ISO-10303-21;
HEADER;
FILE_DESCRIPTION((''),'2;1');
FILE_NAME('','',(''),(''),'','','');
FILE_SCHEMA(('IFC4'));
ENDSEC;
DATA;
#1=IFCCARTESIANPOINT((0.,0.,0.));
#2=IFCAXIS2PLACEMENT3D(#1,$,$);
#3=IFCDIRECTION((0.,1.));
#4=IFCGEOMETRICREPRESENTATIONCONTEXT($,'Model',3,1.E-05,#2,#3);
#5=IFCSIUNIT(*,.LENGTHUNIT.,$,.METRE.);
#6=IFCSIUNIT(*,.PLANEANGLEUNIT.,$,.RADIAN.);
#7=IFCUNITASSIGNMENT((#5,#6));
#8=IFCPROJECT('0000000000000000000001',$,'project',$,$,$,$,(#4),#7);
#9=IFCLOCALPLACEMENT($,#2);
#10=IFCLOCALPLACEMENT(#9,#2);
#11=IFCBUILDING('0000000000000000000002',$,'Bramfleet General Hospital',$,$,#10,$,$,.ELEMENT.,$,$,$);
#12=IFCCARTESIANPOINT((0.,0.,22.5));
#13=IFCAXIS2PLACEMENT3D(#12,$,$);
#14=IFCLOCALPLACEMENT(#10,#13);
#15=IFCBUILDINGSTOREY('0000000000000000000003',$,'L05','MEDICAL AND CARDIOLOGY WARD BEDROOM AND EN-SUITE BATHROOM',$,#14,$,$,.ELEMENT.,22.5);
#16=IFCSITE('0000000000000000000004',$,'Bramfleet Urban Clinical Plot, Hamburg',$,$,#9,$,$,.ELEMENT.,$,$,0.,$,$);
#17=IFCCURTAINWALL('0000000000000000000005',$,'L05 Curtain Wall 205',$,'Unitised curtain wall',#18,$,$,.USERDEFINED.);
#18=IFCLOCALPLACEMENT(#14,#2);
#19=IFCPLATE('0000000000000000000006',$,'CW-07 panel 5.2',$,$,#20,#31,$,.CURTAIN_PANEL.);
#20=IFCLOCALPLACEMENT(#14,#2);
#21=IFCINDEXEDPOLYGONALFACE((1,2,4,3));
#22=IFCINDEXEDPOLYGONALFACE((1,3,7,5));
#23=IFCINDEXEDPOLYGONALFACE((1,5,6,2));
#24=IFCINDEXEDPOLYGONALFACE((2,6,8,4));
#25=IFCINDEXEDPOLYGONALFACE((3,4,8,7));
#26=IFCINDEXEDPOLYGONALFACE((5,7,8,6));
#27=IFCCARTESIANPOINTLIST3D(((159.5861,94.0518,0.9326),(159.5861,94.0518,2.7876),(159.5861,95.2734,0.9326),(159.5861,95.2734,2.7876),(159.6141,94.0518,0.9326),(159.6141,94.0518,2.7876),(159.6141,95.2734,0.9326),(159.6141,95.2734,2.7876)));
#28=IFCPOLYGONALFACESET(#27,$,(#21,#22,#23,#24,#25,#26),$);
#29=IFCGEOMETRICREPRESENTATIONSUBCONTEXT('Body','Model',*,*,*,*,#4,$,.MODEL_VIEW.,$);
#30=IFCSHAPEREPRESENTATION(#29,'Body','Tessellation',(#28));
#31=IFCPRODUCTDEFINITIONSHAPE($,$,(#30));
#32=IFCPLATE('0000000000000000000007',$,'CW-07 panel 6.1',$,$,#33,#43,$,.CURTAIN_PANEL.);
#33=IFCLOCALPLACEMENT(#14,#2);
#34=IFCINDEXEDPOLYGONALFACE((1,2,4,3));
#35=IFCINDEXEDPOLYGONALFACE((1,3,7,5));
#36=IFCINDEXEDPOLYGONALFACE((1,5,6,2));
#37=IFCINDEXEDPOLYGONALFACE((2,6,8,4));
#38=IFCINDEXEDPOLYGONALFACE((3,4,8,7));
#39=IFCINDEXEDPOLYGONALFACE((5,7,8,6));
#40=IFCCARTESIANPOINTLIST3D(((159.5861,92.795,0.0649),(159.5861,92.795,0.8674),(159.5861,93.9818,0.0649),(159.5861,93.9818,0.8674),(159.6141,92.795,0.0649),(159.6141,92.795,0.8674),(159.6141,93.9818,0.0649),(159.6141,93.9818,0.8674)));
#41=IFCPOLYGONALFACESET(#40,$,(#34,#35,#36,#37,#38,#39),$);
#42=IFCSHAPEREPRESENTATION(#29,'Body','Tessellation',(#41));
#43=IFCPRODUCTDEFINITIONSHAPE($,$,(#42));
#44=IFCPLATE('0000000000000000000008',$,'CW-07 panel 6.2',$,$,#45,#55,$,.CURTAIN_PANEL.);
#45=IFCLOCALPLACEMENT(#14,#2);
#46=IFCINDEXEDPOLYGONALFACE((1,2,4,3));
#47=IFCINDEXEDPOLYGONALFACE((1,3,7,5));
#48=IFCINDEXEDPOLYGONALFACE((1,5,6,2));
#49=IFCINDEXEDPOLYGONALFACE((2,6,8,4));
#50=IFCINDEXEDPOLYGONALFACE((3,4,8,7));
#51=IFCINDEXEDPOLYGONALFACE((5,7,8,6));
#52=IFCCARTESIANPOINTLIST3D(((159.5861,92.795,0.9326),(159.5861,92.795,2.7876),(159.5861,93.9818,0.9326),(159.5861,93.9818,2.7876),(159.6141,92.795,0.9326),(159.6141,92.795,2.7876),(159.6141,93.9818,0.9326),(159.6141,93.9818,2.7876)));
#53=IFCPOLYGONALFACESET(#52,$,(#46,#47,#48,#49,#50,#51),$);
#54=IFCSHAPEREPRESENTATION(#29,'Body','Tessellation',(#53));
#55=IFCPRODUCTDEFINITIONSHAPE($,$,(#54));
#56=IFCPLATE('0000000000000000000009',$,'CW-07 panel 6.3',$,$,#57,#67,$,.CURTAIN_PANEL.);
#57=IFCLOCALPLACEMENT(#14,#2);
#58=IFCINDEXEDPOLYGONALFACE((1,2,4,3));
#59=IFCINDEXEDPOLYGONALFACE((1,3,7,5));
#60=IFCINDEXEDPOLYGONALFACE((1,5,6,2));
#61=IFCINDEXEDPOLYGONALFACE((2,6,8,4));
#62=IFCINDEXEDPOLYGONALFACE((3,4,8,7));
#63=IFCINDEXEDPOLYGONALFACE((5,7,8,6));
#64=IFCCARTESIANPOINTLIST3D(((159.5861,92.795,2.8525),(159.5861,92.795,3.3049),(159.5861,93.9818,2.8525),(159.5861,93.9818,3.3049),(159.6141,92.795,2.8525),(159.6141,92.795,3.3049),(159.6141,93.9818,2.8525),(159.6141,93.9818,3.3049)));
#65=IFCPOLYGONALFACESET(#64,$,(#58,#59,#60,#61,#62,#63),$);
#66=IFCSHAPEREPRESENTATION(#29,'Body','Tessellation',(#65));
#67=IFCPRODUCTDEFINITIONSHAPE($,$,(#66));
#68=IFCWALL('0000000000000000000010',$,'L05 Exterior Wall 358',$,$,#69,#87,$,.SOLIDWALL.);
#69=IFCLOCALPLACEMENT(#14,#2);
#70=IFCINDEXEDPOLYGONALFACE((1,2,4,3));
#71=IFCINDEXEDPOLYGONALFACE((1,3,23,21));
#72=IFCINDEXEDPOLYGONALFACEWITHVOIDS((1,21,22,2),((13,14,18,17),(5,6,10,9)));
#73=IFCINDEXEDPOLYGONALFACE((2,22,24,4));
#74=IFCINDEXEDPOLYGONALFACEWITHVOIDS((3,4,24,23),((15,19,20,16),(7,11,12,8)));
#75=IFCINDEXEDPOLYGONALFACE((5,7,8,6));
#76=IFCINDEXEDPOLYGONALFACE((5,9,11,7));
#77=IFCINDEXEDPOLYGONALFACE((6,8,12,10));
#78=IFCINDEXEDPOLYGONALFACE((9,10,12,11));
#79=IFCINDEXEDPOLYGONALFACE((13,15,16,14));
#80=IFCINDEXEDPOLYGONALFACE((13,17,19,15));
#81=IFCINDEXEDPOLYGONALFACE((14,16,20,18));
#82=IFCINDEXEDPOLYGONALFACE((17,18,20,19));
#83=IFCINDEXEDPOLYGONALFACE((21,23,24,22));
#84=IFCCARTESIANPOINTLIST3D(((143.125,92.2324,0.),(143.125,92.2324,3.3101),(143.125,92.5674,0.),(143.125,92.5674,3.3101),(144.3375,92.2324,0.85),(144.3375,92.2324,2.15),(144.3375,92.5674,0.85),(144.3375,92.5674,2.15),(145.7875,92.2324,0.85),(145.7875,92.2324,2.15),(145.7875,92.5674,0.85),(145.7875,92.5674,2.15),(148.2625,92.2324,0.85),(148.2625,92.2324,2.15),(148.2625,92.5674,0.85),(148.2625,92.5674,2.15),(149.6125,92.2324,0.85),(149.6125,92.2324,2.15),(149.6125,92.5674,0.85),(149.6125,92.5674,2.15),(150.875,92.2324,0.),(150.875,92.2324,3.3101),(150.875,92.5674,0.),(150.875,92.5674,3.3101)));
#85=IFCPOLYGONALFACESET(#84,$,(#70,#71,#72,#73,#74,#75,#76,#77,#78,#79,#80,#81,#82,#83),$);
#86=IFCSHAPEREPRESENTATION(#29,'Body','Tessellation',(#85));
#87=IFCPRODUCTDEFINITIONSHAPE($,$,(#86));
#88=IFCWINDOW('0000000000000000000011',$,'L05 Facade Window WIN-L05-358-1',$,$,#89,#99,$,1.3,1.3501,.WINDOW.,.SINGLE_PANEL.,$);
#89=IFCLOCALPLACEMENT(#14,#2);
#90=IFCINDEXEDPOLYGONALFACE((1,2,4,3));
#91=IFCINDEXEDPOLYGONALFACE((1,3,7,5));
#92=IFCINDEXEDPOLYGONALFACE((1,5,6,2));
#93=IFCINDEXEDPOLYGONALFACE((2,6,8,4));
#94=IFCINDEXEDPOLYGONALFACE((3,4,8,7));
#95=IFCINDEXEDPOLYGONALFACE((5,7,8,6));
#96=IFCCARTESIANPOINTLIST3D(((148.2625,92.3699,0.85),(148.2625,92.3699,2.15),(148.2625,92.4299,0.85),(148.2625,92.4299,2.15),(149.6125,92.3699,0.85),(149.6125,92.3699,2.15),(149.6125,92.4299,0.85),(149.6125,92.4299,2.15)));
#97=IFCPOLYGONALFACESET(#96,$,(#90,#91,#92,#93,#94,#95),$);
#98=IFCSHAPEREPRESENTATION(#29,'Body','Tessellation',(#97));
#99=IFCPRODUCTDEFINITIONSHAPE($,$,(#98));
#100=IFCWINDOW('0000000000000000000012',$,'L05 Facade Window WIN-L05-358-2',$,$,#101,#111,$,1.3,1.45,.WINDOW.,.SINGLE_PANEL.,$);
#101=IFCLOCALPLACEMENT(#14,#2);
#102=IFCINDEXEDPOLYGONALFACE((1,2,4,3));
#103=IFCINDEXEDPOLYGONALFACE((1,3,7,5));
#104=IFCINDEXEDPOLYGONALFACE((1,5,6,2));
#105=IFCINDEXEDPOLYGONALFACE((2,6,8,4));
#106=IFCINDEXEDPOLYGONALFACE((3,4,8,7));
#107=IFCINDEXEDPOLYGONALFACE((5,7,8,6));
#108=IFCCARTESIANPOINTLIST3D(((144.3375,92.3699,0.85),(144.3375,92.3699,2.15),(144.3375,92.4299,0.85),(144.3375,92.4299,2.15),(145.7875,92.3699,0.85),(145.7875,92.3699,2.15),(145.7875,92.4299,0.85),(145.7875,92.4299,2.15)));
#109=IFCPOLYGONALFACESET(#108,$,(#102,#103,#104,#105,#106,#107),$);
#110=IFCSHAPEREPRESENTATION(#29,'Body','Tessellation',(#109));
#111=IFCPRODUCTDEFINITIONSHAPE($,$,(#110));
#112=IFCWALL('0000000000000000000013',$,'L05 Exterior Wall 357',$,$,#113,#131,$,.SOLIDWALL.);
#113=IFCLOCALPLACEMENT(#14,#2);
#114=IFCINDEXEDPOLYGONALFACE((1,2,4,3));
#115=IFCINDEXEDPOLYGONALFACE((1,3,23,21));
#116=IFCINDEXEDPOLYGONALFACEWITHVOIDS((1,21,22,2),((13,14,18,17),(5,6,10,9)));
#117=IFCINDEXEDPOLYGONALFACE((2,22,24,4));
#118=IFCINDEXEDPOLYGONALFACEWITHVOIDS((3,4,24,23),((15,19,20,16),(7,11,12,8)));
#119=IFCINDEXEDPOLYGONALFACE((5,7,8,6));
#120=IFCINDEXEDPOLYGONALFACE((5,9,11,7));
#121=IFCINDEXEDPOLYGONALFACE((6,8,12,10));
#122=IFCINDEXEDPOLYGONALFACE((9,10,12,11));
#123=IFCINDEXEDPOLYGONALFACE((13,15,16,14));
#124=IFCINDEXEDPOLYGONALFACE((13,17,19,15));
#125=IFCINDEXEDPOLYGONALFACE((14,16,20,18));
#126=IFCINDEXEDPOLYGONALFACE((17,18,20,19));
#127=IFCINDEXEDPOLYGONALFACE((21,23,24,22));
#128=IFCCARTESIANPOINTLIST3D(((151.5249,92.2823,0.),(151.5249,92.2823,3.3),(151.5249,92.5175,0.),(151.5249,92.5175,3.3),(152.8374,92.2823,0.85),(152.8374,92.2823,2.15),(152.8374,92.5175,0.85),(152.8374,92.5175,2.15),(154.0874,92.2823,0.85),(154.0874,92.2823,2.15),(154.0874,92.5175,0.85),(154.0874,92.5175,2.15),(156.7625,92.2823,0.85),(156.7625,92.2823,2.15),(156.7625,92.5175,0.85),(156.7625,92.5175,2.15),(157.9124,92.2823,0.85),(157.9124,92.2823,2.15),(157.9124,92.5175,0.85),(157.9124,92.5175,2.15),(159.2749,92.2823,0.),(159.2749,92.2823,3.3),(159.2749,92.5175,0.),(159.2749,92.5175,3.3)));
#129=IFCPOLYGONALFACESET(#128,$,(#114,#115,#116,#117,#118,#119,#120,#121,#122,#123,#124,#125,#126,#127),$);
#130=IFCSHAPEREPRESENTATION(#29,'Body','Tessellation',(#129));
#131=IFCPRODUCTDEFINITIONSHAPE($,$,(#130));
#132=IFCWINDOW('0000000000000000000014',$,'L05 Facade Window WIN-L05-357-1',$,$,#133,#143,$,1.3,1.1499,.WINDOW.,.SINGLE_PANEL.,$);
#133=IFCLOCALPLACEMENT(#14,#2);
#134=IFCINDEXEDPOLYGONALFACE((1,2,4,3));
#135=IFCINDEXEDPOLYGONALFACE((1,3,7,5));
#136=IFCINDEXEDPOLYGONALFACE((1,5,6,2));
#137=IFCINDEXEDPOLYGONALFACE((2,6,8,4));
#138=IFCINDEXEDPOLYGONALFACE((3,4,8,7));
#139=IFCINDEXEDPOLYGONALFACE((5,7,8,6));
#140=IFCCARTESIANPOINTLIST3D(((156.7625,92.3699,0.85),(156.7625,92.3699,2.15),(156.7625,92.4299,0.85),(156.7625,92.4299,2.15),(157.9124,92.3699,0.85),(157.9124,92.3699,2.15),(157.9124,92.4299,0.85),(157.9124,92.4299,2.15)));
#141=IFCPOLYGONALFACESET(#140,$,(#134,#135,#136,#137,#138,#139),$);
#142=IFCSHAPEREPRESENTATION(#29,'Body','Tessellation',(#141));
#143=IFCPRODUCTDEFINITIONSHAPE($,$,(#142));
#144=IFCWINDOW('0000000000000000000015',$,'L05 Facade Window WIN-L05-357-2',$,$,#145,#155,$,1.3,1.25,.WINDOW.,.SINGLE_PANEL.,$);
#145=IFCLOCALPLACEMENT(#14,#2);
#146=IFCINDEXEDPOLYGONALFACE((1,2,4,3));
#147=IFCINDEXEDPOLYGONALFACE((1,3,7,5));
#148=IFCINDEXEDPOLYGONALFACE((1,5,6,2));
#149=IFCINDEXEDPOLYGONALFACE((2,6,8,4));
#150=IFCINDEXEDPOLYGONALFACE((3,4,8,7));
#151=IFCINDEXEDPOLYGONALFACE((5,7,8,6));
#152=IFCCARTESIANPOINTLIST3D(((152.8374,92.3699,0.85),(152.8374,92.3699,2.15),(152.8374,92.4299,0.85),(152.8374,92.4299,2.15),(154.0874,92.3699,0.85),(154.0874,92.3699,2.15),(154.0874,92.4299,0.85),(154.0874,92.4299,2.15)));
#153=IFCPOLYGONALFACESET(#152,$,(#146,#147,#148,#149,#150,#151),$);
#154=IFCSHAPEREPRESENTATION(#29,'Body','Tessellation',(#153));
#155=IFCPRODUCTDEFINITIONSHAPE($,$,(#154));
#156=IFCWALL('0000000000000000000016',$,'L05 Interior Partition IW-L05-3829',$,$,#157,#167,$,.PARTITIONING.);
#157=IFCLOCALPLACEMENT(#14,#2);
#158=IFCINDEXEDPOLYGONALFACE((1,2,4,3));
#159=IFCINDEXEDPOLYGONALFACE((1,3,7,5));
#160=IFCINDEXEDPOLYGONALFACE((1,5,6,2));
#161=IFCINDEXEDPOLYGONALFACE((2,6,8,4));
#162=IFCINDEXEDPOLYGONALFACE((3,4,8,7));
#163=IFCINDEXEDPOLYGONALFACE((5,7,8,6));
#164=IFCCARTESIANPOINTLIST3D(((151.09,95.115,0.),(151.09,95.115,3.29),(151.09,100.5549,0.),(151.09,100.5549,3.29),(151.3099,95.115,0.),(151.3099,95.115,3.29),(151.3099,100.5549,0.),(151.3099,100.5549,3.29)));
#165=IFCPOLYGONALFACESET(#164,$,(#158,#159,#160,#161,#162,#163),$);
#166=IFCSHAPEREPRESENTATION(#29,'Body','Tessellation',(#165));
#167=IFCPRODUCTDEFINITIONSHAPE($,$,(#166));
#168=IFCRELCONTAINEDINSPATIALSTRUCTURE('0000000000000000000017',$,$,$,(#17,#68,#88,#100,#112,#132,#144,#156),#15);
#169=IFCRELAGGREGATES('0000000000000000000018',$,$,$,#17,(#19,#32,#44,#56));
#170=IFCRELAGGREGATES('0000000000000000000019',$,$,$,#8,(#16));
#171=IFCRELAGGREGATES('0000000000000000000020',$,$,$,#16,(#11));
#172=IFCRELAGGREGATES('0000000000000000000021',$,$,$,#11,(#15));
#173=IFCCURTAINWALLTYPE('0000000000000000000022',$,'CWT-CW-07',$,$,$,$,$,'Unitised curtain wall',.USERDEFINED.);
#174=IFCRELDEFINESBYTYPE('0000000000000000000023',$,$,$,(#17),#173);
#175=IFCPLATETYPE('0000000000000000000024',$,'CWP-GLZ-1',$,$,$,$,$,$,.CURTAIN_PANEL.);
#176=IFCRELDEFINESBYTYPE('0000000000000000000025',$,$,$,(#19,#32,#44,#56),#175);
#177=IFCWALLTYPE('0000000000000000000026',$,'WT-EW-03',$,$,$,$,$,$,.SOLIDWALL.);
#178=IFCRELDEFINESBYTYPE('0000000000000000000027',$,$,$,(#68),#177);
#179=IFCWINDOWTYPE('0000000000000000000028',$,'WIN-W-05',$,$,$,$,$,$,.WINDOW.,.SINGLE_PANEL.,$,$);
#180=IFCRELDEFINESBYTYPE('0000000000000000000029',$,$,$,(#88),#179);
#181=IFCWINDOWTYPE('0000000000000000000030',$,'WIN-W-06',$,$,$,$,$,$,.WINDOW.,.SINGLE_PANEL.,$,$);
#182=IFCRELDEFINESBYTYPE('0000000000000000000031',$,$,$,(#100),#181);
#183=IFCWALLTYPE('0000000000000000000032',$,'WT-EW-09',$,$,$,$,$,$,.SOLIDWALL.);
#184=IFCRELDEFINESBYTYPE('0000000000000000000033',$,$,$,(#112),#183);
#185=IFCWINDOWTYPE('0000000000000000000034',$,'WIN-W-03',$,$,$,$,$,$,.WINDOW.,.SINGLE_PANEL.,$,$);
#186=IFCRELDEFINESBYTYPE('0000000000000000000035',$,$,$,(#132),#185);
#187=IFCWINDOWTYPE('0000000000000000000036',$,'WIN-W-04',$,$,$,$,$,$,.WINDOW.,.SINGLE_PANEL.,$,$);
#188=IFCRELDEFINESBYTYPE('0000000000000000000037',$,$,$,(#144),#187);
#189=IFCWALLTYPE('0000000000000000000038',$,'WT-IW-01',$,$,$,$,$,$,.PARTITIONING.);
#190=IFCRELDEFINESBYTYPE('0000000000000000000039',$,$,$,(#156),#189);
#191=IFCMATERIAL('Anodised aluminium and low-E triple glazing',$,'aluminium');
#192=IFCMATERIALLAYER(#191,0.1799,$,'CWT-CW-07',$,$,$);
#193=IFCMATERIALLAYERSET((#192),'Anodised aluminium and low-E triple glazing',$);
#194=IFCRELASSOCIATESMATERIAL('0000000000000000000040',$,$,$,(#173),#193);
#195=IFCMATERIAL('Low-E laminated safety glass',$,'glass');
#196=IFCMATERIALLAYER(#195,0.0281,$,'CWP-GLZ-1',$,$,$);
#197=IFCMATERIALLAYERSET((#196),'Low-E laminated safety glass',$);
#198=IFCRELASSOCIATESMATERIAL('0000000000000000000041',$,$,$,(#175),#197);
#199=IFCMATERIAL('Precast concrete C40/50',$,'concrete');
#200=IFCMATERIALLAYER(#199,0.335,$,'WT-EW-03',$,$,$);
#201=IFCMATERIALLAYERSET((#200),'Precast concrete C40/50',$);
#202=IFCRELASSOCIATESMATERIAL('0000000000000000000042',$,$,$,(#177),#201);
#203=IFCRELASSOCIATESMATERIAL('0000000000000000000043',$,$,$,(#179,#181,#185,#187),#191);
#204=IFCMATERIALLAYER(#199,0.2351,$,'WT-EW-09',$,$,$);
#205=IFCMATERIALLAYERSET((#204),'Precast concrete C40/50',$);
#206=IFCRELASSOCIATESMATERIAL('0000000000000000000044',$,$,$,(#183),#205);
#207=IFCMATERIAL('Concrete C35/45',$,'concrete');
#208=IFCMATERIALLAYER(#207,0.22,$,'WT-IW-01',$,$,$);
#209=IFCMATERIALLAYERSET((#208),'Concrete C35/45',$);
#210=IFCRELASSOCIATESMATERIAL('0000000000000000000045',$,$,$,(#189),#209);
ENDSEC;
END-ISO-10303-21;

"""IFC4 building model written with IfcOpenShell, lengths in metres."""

from ifc_helpers import new_model, si_unit, direction, frame, frame_2d, origin, origin_2d, place, context, subcontext, project, spatial, rectangle, extrude, material, layer, layer_set, type_object, element, fill, aggregate, save


model = new_model("IFC4")

# Units and contexts
model_context = context("Model", 3, precision=1e-05, world=origin(), true_north=direction((0.0, 1.0)))
body_context = subcontext(model_context, "Body", "Model", "MODEL_VIEW")
ifc_project = project(units=[si_unit("LENGTHUNIT", "METRE"), si_unit("PLANEANGLEUNIT", "RADIAN")], contexts=[model_context])

# Site, building, storey
site_placement = place(None, origin())
site = spatial("IfcSite", under=ifc_project, at=site_placement, Name="Bramfleet Urban Clinical Plot, Hamburg", CompositionType="ELEMENT", RefElevation=0.0)
building_placement = place(site_placement, origin())
building = spatial("IfcBuilding", under=site, at=building_placement, Name="Bramfleet General Hospital", CompositionType="ELEMENT")
storey_placement = place(building_placement, frame((0.0, 0.0, 22.5)))
storey = spatial("IfcBuildingStorey", under=building, at=storey_placement, Name="L05", Description="MEDICAL AND CARDIOLOGY WARD BEDROOM AND EN-SUITE BATHROOM", CompositionType="ELEMENT", Elevation=22.5)

# Curtain wall, plates
ifc_material_1 = material(Name="Anodised aluminium and low-E triple glazing", Category="aluminium")
ifc_layer_1 = layer(ifc_material_1, 0.1799, Name="CWT-CW-07")
ifc_layer_set_1 = layer_set([ifc_layer_1], Name="Anodised aluminium and low-E triple glazing")
curtain_wall_type = type_object("IfcCurtainWallType", Name="CWT-CW-07", ElementType="Unitised curtain wall", PredefinedType="USERDEFINED", material=ifc_layer_set_1)
curtain_wall_placement = place(storey_placement, origin())
curtain_wall = element("IfcCurtainWall", 1, at=curtain_wall_placement, inside=storey, type_object=curtain_wall_type, Name="L05 Curtain Wall 205", ObjectType="Unitised curtain wall", PredefinedType="USERDEFINED")
ifc_material_2 = material(Name="Low-E laminated safety glass", Category="glass")
ifc_layer_2 = layer(ifc_material_2, 0.0281, Name="CWP-GLZ-1")
ifc_layer_set_2 = layer_set([ifc_layer_2], Name="Low-E laminated safety glass")
plate_type = type_object("IfcPlateType", Name="CWP-GLZ-1", PredefinedType="CURTAIN_PANEL", material=ifc_layer_set_2)
plate_1_placement = place(storey_placement, frame((159.6001, 94.6626, 0.9326), z_axis=(0.0, 0.0, 1.0), x_axis=(0.0, -1.0, 0.0)))
plate_1 = element("IfcPlate", 2, at=plate_1_placement, type_object=plate_type, Name="CW-07 panel 5.2", PredefinedType="CURTAIN_PANEL", context=body_context, shape_type="SweptSolid", body=[
    extrude(rectangle(XDim=1.2217, YDim=0.0281, at=origin_2d()), origin(), (0.0, 0.0, 1.0), 1.855),
])
plate_2_placement = place(storey_placement, frame((159.6001, 93.3884, 0.0649), z_axis=(0.0, 0.0, 1.0), x_axis=(0.0, -1.0, 0.0)))
plate_2 = element("IfcPlate", 3, at=plate_2_placement, type_object=plate_type, Name="CW-07 panel 6.1", PredefinedType="CURTAIN_PANEL", context=body_context, shape_type="SweptSolid", body=[
    extrude(rectangle(XDim=1.1868, YDim=0.0281, at=origin_2d()), origin(), (0.0, 0.0, 1.0), 0.8025),
])
plate_3_placement = place(storey_placement, frame((159.6001, 93.3884, 0.9326), z_axis=(0.0, 0.0, 1.0), x_axis=(0.0, -1.0, 0.0)))
plate_3 = element("IfcPlate", 4, at=plate_3_placement, type_object=plate_type, Name="CW-07 panel 6.2", PredefinedType="CURTAIN_PANEL", context=body_context, shape_type="SweptSolid", body=[
    extrude(rectangle(XDim=1.1868, YDim=0.0281, at=origin_2d()), origin(), (0.0, 0.0, 1.0), 1.855),
])
plate_4_placement = place(storey_placement, frame((159.6001, 93.3884, 2.8525), z_axis=(0.0, 0.0, 1.0), x_axis=(0.0, -1.0, 0.0)))
plate_4 = element("IfcPlate", 5, at=plate_4_placement, type_object=plate_type, Name="CW-07 panel 6.3", PredefinedType="CURTAIN_PANEL", context=body_context, shape_type="SweptSolid", body=[
    extrude(rectangle(XDim=1.1868, YDim=0.0281, at=origin_2d()), origin(), (0.0, 0.0, 1.0), 0.4524),
])
aggregate(curtain_wall, [plate_1, plate_2, plate_3, plate_4])

# Walls, openings, windows
ifc_material_3 = material(Name="Precast concrete C40/50", Category="concrete")
ifc_layer_3 = layer(ifc_material_3, 0.335, Name="WT-EW-03")
ifc_layer_set_3 = layer_set([ifc_layer_3], Name="Precast concrete C40/50")
wall_type_1 = type_object("IfcWallType", Name="WT-EW-03", PredefinedType="SOLIDWALL", material=ifc_layer_set_3)
wall_1_placement = place(storey_placement, frame((150.875, 92.3999, 0.0), z_axis=(0.0, 0.0, 1.0), x_axis=(-1.0, 0.0, 0.0)))
wall_1 = element("IfcWall", 6, at=wall_1_placement, inside=storey, type_object=wall_type_1, Name="L05 Exterior Wall 358", PredefinedType="SOLIDWALL", context=body_context, shape_type="SweptSolid", body=[
    extrude(rectangle(XDim=7.75, YDim=0.335, at=frame_2d((3.875, 0.0))), origin(), (0.0, 0.0, 1.0), 3.3101),
])
opening_1_placement = place(wall_1_placement, frame((1.2625, 0.0, 0.8501)))
opening_1 = element("IfcOpeningElement", 7, at=opening_1_placement, cuts=wall_1, PredefinedType="OPENING", context=body_context, shape_type="SweptSolid", body=[
    extrude(rectangle(XDim=1.3501, YDim=1.3, at=frame_2d((0.675, 0.6499))), frame((0.0, 0.1775, 0.0), z_axis=(0.0, -1.0, 0.0), x_axis=(1.0, 0.0, 0.0)), (0.0, 0.0, 1.0), 0.355),
])
opening_2_placement = place(wall_1_placement, frame((5.0874, 0.0, 0.8501)))
opening_2 = element("IfcOpeningElement", 8, at=opening_2_placement, cuts=wall_1, PredefinedType="OPENING", context=body_context, shape_type="SweptSolid", body=[
    extrude(rectangle(XDim=1.45, YDim=1.3, at=frame_2d((0.7251, 0.6499))), frame((0.0, 0.1775, 0.0), z_axis=(0.0, -1.0, 0.0), x_axis=(1.0, 0.0, 0.0)), (0.0, 0.0, 1.0), 0.355),
])
window_type_1 = type_object("IfcWindowType", Name="WIN-W-05", PartitioningType="SINGLE_PANEL", PredefinedType="WINDOW", material=ifc_material_1)
window_1_placement = place(opening_1_placement, origin())
window_1 = element("IfcWindow", 9, at=window_1_placement, inside=storey, type_object=window_type_1, Name="L05 Facade Window WIN-L05-358-1", OverallHeight=1.3, OverallWidth=1.3501, PartitioningType="SINGLE_PANEL", PredefinedType="WINDOW", context=body_context, shape_type="SweptSolid", body=[
    extrude(rectangle(XDim=1.3501, YDim=1.3, at=frame_2d((0.675, 0.6499))), frame((0.0, 0.03, 0.0), z_axis=(0.0, -1.0, 0.0), x_axis=(1.0, 0.0, 0.0)), (0.0, 0.0, 1.0), 0.0601),
])
fill(opening_1, window_1)
window_type_2 = type_object("IfcWindowType", Name="WIN-W-06", PartitioningType="SINGLE_PANEL", PredefinedType="WINDOW", material=ifc_material_1)
window_2_placement = place(opening_2_placement, origin())
window_2 = element("IfcWindow", 10, at=window_2_placement, inside=storey, type_object=window_type_2, Name="L05 Facade Window WIN-L05-358-2", OverallHeight=1.3, OverallWidth=1.45, PartitioningType="SINGLE_PANEL", PredefinedType="WINDOW", context=body_context, shape_type="SweptSolid", body=[
    extrude(rectangle(XDim=1.45, YDim=1.3, at=frame_2d((0.7251, 0.6499))), frame((0.0, 0.03, 0.0), z_axis=(0.0, -1.0, 0.0), x_axis=(1.0, 0.0, 0.0)), (0.0, 0.0, 1.0), 0.0601),
])
fill(opening_2, window_2)
ifc_layer_4 = layer(ifc_material_3, 0.2351, Name="WT-EW-09")
ifc_layer_set_4 = layer_set([ifc_layer_4], Name="Precast concrete C40/50")
wall_type_2 = type_object("IfcWallType", Name="WT-EW-09", PredefinedType="SOLIDWALL", material=ifc_layer_set_4)
wall_2_placement = place(storey_placement, frame((159.2749, 92.3999, 0.0), z_axis=(0.0, 0.0, 1.0), x_axis=(-1.0, 0.0, 0.0)))
wall_2 = element("IfcWall", 11, at=wall_2_placement, inside=storey, type_object=wall_type_2, Name="L05 Exterior Wall 357", PredefinedType="SOLIDWALL", context=body_context, shape_type="SweptSolid", body=[
    extrude(rectangle(XDim=7.75, YDim=0.2351, at=frame_2d((3.875, 0.0))), origin(), (0.0, 0.0, 1.0), 3.3),
])
opening_3_placement = place(wall_2_placement, frame((1.3625, 0.0, 0.8501)))
opening_3 = element("IfcOpeningElement", 12, at=opening_3_placement, cuts=wall_2, PredefinedType="OPENING", context=body_context, shape_type="SweptSolid", body=[
    extrude(rectangle(XDim=1.1499, YDim=1.3, at=frame_2d((0.575, 0.6499))), frame((0.0, 0.1274, 0.0), z_axis=(0.0, -1.0, 0.0), x_axis=(1.0, 0.0, 0.0)), (0.0, 0.0, 1.0), 0.2551),
])
opening_4_placement = place(wall_2_placement, frame((5.1875, 0.0, 0.8501)))
opening_4 = element("IfcOpeningElement", 13, at=opening_4_placement, cuts=wall_2, PredefinedType="OPENING", context=body_context, shape_type="SweptSolid", body=[
    extrude(rectangle(XDim=1.25, YDim=1.3, at=frame_2d((0.625, 0.6499))), frame((0.0, 0.1274, 0.0), z_axis=(0.0, -1.0, 0.0), x_axis=(1.0, 0.0, 0.0)), (0.0, 0.0, 1.0), 0.2551),
])
window_type_3 = type_object("IfcWindowType", Name="WIN-W-03", PartitioningType="SINGLE_PANEL", PredefinedType="WINDOW", material=ifc_material_1)
window_3_placement = place(opening_3_placement, origin())
window_3 = element("IfcWindow", 14, at=window_3_placement, inside=storey, type_object=window_type_3, Name="L05 Facade Window WIN-L05-357-1", OverallHeight=1.3, OverallWidth=1.1499, PartitioningType="SINGLE_PANEL", PredefinedType="WINDOW", context=body_context, shape_type="SweptSolid", body=[
    extrude(rectangle(XDim=1.1499, YDim=1.3, at=frame_2d((0.575, 0.6499))), frame((0.0, 0.03, 0.0), z_axis=(0.0, -1.0, 0.0), x_axis=(1.0, 0.0, 0.0)), (0.0, 0.0, 1.0), 0.0601),
])
fill(opening_3, window_3)
window_type_4 = type_object("IfcWindowType", Name="WIN-W-04", PartitioningType="SINGLE_PANEL", PredefinedType="WINDOW", material=ifc_material_1)
window_4_placement = place(opening_4_placement, origin())
window_4 = element("IfcWindow", 15, at=window_4_placement, inside=storey, type_object=window_type_4, Name="L05 Facade Window WIN-L05-357-2", OverallHeight=1.3, OverallWidth=1.25, PartitioningType="SINGLE_PANEL", PredefinedType="WINDOW", context=body_context, shape_type="SweptSolid", body=[
    extrude(rectangle(XDim=1.25, YDim=1.3, at=frame_2d((0.625, 0.6499))), frame((0.0, 0.03, 0.0), z_axis=(0.0, -1.0, 0.0), x_axis=(1.0, 0.0, 0.0)), (0.0, 0.0, 1.0), 0.0601),
])
fill(opening_4, window_4)

# Wall
ifc_material_4 = material(Name="Concrete C35/45", Category="concrete")
ifc_layer_5 = layer(ifc_material_4, 0.22, Name="WT-IW-01")
ifc_layer_set_5 = layer_set([ifc_layer_5], Name="Concrete C35/45")
wall_type_3 = type_object("IfcWallType", Name="WT-IW-01", PredefinedType="PARTITIONING", material=ifc_layer_set_5)
wall_3_placement = place(storey_placement, frame((151.2, 95.115, 0.0), z_axis=(0.0, 0.0, 1.0), x_axis=(0.0, 1.0, 0.0)))
element("IfcWall", 16, at=wall_3_placement, inside=storey, type_object=wall_type_3, Name="L05 Interior Partition IW-L05-3829", PredefinedType="PARTITIONING", context=body_context, shape_type="SweptSolid", body=[
    extrude(rectangle(XDim=5.4399, YDim=0.22, at=frame_2d((2.72, 0.0))), origin(), (0.0, 0.0, 1.0), 3.29),
])

save(model, "model.ifc")
